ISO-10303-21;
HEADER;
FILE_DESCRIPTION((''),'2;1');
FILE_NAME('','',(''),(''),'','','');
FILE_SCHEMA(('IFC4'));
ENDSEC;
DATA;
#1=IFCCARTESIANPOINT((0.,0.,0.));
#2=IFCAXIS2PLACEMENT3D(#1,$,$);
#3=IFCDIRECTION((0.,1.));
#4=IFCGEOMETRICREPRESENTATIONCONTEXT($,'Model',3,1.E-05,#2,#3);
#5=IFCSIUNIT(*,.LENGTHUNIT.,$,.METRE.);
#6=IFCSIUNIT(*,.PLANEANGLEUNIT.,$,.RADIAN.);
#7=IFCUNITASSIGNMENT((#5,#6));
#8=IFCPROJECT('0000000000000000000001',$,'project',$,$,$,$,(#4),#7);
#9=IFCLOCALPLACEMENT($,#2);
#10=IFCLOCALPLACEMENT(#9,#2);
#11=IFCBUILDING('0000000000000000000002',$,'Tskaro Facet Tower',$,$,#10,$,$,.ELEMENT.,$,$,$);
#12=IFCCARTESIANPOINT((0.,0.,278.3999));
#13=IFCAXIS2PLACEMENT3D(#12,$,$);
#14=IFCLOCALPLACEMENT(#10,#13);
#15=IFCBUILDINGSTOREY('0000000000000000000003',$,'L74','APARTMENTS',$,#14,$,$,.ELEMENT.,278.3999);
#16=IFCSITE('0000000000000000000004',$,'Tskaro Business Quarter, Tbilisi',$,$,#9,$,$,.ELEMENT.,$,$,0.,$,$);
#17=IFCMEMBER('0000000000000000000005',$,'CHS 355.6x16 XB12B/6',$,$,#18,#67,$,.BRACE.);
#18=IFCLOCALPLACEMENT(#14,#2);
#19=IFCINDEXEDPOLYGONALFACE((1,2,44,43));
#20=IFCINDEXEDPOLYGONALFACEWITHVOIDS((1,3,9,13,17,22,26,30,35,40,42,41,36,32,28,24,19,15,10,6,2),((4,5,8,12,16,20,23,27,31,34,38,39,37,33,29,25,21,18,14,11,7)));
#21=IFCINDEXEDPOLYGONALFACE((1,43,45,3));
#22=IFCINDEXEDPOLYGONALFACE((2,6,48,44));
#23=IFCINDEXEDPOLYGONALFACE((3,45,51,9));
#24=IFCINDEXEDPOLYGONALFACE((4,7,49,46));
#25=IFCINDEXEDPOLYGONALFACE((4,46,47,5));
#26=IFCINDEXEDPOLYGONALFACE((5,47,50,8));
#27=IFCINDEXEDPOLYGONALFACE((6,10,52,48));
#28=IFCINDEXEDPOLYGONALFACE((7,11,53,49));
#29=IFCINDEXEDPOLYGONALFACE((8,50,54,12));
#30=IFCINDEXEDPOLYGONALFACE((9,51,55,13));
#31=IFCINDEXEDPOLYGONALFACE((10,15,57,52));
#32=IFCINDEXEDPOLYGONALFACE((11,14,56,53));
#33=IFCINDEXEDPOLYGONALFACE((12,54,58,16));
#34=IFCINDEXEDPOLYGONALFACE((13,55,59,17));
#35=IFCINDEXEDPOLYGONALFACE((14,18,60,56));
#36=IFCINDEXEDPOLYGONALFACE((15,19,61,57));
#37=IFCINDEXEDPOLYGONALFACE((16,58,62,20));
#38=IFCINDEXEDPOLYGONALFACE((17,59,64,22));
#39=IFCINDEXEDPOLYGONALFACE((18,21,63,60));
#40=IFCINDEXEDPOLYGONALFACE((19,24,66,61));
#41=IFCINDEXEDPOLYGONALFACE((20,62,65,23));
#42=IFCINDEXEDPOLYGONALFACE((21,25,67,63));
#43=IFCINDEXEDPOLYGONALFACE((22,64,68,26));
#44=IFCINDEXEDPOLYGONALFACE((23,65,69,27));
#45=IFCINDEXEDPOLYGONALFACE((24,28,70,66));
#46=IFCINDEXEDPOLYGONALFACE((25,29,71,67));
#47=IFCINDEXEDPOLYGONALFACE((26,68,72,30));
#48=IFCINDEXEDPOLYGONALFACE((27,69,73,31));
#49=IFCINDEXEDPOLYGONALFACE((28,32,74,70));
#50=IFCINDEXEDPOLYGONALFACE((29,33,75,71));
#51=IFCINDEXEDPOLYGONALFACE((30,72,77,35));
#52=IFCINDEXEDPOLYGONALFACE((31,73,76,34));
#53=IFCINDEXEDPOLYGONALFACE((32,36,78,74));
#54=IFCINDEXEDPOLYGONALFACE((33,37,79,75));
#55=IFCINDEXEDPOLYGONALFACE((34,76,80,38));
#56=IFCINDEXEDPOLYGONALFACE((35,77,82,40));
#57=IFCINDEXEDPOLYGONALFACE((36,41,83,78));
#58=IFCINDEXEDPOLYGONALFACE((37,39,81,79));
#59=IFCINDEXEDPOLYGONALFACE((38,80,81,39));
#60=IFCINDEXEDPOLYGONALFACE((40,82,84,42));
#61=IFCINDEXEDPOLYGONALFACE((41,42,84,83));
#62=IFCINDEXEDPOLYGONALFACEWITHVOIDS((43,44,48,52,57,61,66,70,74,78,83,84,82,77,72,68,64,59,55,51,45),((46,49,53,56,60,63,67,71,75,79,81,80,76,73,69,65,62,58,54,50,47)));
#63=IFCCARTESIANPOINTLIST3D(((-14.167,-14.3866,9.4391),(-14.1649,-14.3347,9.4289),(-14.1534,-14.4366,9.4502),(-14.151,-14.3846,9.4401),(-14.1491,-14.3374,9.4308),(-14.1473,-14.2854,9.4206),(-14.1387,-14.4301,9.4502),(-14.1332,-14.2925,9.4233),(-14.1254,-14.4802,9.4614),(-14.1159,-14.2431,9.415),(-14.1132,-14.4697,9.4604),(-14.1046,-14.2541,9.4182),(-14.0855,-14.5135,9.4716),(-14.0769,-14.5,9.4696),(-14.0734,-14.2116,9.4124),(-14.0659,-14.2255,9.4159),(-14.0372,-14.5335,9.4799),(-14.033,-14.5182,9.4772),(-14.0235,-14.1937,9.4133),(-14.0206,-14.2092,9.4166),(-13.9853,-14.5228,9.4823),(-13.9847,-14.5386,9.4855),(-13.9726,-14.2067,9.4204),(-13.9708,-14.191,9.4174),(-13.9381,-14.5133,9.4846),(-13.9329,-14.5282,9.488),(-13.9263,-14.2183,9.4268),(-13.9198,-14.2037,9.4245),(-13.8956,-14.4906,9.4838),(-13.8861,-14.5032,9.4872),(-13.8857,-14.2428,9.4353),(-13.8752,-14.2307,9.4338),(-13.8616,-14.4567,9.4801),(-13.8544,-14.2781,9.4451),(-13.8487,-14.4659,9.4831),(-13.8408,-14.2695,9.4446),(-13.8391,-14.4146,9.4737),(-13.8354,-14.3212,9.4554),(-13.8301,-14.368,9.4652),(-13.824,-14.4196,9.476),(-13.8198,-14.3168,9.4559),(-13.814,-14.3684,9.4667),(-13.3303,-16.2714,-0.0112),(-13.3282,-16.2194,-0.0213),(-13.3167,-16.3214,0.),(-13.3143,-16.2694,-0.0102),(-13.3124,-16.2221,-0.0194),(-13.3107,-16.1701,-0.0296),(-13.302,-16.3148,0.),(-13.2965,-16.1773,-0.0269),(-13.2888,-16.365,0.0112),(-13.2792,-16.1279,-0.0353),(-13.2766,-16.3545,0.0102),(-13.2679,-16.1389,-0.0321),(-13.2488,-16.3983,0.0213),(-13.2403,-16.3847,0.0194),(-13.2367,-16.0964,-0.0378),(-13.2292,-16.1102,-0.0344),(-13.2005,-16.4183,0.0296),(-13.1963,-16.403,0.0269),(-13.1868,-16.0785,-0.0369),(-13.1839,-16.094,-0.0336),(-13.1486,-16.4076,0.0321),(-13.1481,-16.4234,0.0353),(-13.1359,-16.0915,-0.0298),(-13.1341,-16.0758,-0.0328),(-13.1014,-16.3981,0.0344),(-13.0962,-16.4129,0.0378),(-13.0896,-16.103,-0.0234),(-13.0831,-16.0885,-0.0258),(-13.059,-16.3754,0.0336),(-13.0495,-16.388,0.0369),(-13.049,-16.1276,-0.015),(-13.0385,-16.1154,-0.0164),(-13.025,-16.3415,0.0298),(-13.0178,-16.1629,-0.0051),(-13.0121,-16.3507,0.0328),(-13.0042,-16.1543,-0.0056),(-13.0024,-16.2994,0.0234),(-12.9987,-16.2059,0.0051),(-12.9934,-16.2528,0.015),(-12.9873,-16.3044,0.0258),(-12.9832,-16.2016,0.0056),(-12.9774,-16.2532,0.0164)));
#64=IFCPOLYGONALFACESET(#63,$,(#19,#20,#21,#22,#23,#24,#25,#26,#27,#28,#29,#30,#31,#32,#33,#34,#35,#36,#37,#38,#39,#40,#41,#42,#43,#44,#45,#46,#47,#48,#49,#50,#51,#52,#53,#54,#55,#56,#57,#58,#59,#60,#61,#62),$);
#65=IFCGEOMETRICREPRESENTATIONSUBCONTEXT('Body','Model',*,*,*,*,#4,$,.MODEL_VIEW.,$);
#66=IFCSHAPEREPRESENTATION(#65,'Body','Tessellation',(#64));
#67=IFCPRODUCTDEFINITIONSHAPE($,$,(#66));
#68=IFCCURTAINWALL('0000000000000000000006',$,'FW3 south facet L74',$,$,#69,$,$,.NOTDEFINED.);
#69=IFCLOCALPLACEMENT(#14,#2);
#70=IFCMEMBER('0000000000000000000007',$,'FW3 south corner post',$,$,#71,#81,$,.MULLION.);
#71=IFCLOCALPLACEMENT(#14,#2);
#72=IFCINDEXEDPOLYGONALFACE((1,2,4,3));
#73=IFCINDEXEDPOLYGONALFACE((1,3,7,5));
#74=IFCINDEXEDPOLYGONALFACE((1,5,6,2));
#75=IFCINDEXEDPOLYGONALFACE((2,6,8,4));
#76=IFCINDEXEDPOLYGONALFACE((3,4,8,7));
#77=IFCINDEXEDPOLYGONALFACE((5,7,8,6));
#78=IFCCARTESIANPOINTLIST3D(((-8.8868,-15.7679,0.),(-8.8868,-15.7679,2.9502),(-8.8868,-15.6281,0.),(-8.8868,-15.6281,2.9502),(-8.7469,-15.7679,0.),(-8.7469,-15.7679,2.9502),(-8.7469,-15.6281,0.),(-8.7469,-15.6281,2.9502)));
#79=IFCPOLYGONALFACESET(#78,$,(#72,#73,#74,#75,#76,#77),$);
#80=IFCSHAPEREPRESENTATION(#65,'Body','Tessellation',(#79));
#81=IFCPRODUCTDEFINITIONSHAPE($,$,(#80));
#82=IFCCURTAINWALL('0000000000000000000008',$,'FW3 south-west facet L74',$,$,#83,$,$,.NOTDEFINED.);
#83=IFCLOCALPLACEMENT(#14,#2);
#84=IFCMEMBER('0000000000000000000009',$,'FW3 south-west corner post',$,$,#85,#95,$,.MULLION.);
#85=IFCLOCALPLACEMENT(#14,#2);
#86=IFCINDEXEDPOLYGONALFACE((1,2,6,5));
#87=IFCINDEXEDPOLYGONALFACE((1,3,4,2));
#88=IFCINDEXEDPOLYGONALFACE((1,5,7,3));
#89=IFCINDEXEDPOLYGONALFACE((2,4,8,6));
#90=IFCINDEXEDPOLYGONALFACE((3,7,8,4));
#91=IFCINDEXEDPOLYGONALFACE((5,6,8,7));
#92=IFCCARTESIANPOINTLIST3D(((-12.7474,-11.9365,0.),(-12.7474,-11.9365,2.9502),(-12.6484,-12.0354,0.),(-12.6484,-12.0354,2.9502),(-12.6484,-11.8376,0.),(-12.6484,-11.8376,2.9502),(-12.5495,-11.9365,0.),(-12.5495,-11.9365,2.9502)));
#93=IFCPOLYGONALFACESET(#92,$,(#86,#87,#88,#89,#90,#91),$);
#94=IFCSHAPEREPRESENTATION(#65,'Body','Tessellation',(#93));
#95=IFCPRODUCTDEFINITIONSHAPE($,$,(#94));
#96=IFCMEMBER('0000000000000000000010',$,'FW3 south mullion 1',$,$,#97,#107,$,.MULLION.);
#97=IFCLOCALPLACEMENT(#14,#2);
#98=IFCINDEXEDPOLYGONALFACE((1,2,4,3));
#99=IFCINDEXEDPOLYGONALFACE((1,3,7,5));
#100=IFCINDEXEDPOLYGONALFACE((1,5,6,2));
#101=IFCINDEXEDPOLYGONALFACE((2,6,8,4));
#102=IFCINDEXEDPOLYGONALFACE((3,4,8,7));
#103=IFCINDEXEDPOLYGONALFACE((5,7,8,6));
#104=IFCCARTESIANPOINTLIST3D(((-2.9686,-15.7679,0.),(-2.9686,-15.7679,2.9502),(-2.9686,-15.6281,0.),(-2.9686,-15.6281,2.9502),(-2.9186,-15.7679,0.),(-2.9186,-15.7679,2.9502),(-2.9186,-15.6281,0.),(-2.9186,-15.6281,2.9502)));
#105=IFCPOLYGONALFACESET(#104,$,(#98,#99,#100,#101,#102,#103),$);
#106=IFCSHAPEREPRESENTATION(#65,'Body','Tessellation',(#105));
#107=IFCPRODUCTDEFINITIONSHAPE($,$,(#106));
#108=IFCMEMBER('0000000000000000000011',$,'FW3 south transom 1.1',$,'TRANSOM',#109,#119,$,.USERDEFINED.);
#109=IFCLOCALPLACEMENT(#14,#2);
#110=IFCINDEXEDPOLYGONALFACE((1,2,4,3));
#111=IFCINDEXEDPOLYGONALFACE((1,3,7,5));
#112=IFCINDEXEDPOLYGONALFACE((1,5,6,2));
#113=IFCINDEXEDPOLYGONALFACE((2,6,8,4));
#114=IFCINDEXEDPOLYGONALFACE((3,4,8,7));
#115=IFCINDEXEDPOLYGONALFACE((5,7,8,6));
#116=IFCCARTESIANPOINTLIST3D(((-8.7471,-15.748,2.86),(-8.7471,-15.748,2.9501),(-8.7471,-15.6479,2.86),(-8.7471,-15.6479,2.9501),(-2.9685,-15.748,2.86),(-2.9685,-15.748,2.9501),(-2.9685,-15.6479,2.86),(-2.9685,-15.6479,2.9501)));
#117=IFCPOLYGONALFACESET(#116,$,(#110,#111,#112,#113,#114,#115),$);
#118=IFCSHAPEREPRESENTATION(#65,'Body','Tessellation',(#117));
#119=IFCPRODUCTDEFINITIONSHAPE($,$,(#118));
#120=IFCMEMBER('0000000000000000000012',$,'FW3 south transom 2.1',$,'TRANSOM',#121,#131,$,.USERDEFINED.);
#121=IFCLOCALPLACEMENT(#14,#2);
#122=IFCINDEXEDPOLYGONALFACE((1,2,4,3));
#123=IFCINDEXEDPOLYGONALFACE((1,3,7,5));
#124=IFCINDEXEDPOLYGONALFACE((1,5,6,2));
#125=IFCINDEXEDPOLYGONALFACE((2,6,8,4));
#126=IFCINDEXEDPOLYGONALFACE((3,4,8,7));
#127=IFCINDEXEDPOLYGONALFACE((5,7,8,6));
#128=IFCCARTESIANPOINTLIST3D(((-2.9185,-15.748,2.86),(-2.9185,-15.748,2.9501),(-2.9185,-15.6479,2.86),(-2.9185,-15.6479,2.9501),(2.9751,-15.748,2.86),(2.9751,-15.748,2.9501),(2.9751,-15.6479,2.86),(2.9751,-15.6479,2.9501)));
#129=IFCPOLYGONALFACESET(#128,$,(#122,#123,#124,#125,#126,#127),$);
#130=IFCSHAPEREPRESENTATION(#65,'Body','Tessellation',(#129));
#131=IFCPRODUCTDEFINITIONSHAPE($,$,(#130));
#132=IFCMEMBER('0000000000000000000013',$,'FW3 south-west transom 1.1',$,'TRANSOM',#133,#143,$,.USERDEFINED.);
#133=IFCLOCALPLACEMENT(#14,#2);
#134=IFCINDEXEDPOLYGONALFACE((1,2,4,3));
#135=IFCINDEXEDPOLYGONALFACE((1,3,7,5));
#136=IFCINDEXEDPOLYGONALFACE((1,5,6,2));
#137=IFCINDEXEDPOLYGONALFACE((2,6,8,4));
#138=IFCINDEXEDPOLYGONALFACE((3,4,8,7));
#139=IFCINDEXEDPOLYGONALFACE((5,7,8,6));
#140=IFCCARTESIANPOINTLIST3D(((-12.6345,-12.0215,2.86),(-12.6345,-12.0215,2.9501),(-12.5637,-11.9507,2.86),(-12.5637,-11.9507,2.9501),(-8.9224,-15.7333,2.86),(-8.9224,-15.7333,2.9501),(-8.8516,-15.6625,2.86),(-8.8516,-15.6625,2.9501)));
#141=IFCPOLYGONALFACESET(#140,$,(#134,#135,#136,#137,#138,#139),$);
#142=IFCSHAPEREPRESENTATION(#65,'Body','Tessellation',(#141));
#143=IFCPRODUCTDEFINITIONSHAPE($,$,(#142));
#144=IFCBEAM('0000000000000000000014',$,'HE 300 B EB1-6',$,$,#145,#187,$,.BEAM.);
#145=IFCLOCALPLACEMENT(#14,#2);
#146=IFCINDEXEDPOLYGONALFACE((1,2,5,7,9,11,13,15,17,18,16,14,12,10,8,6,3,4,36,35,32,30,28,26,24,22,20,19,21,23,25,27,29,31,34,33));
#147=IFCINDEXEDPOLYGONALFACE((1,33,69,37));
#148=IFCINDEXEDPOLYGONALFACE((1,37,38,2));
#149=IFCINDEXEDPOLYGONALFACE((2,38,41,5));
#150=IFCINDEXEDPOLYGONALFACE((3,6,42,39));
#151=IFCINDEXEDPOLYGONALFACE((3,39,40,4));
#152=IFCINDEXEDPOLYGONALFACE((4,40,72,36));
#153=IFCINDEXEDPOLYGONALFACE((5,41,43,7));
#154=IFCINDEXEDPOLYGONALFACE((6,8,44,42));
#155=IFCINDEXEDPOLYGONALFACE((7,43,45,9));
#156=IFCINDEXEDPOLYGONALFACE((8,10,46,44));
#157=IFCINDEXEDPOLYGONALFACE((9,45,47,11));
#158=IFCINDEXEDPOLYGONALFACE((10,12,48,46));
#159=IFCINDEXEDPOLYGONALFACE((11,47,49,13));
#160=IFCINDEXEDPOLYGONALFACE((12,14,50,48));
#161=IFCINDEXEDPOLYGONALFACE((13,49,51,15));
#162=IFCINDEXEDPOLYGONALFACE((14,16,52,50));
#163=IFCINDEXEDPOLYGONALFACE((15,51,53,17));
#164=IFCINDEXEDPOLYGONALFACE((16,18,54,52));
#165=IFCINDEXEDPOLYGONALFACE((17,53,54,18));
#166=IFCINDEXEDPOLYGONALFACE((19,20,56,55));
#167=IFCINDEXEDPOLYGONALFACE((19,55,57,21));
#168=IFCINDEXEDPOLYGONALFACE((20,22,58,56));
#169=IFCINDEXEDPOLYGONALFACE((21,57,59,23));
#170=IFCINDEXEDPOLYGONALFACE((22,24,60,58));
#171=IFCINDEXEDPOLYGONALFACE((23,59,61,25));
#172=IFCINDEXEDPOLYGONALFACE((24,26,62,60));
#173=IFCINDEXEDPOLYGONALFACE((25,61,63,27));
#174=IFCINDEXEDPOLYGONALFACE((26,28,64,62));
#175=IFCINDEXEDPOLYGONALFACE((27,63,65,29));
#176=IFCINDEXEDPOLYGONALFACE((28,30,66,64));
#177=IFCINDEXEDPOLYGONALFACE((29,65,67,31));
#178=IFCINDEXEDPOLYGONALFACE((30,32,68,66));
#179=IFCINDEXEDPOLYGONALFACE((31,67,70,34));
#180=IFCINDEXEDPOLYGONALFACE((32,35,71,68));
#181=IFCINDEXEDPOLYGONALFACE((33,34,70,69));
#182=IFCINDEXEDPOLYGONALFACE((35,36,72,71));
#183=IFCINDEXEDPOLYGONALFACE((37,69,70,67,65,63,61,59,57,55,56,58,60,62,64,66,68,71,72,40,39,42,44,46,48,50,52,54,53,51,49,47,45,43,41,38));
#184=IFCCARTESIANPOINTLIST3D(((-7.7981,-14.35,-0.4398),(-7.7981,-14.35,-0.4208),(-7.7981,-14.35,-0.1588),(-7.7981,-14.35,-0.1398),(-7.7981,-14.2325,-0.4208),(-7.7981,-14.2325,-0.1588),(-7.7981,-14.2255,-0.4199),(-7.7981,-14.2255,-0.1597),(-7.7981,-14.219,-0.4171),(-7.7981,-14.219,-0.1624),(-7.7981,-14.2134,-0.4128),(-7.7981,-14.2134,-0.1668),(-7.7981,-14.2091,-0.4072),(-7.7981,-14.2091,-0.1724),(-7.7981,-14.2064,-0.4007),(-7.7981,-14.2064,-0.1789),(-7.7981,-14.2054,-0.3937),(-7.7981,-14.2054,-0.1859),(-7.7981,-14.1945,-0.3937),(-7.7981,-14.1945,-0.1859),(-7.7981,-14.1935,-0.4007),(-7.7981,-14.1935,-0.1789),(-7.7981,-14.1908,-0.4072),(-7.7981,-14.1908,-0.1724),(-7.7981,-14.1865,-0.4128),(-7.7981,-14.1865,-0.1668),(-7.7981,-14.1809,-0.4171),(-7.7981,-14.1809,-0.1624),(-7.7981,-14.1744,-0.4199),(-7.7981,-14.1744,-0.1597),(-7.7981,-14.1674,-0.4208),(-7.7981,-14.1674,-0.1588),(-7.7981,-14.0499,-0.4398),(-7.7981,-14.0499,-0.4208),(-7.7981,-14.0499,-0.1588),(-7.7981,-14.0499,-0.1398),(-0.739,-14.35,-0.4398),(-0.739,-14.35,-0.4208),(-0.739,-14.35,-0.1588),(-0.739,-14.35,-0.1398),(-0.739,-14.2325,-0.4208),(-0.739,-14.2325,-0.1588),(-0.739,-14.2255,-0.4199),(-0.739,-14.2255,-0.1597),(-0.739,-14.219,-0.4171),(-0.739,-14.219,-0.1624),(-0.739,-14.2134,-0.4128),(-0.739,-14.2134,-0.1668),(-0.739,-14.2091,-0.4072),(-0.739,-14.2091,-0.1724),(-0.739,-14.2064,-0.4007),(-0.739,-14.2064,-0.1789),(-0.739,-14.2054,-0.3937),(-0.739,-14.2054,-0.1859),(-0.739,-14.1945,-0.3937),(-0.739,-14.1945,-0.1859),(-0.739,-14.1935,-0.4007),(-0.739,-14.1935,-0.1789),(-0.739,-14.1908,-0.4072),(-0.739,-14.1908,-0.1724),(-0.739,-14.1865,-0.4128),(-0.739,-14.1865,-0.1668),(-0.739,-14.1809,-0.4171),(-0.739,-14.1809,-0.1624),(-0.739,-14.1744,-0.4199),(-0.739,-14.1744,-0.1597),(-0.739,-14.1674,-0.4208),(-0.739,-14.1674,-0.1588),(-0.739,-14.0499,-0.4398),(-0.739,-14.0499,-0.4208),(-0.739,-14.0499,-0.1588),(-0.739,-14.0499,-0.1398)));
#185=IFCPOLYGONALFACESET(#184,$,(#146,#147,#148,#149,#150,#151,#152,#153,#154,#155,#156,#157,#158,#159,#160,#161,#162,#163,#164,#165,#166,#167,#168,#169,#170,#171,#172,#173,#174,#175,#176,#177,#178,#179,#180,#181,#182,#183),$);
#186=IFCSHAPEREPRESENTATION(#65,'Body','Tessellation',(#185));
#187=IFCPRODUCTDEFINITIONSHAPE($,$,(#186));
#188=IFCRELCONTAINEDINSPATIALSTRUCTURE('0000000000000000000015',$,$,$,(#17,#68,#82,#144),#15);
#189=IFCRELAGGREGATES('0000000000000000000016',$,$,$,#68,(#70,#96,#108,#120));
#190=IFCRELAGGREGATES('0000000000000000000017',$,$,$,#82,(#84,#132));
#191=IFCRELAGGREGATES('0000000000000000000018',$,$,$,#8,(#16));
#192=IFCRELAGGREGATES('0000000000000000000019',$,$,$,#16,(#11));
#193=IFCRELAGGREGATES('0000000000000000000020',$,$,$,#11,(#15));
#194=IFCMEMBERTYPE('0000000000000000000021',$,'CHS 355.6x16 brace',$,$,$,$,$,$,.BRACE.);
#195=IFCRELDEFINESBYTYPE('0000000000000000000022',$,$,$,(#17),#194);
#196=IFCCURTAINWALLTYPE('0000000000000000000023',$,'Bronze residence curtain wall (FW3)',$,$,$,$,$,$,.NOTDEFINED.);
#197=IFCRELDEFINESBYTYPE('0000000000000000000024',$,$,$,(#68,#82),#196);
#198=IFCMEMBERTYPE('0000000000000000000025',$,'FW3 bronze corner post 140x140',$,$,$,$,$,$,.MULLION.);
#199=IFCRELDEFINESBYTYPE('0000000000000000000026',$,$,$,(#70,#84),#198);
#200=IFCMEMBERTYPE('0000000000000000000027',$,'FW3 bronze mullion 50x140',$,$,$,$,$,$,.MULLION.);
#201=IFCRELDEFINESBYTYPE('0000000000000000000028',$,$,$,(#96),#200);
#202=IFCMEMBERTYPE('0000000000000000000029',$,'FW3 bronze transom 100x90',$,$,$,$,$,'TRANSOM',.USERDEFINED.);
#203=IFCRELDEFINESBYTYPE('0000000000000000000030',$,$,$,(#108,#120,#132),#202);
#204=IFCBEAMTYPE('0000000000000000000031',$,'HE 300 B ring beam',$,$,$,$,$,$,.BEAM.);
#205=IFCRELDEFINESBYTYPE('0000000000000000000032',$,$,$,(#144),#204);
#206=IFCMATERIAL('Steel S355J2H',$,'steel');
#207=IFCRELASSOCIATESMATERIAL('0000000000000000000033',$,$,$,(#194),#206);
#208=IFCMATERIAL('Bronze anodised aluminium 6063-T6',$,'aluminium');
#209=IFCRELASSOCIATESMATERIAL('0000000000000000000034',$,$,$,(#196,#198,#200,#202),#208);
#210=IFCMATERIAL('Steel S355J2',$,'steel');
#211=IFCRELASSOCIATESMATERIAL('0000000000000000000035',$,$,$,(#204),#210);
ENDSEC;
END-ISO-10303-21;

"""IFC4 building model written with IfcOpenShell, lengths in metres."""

from ifc_helpers import new_model, si_unit, direction, frame, origin, origin_2d, place, context, subcontext, project, spatial, rectangle, hollow_circle, i_section, extrude, material, material_profile, profile_set, type_object, element, aggregate, save


model = new_model("IFC4")

# Units and contexts
model_context = context("Model", 3, precision=1e-05, world=origin(), true_north=direction((0.0, 1.0)))
body_context = subcontext(model_context, "Body", "Model", "MODEL_VIEW")
ifc_project = project(units=[si_unit("LENGTHUNIT", "METRE"), si_unit("PLANEANGLEUNIT", "RADIAN")], contexts=[model_context])

# Site, building, storey
site_placement = place(None, origin())
site = spatial("IfcSite", under=ifc_project, at=site_placement, Name="Tskaro Business Quarter, Tbilisi", CompositionType="ELEMENT", RefElevation=0.0)
building_placement = place(site_placement, origin())
building = spatial("IfcBuilding", under=site, at=building_placement, Name="Tskaro Facet Tower", CompositionType="ELEMENT")
storey_placement = place(building_placement, frame((0.0, 0.0, 278.3999)))
storey = spatial("IfcBuildingStorey", under=building, at=storey_placement, Name="L74", Description="APARTMENTS", CompositionType="ELEMENT", Elevation=278.3999)

# Shared definitions
ifc_material_1 = material(Name="Steel S355J2", Category="steel")
ifc_material_2 = material(Name="Steel S355J2H", Category="steel")

# Member
ifc_material_profile_1 = material_profile(ifc_material_2, hollow_circle(Radius=0.1777, WallThickness=0.0161, at=origin_2d()), Name="CHS 355.6x16")
ifc_profile_set_1 = profile_set([ifc_material_profile_1], Name="Steel S355J2H")
member_type_1 = type_object("IfcMemberType", Name="CHS 355.6x16 brace", PredefinedType="BRACE", material=ifc_profile_set_1)
for number, where, z_axis, x_axis, name in (
    (1, (-13.1543, -16.2493, 0.0), (-0.086499, 0.194857, 0.97701), (-0.913992, -0.405732, 0.0), "CHS 355.6x16 XB12B/6"),
):
    element("IfcMember", number, at=place(storey_placement, frame(where, z_axis=z_axis, x_axis=x_axis)), inside=storey, type_object=member_type_1, Name=name, PredefinedType="BRACE", context=body_context, shape_type="SweptSolid", body=[
        extrude(hollow_circle(Radius=0.1777, WallThickness=0.0161, at=origin_2d()), origin(), (0.0, 0.0, 1.0), 9.6726),
    ])

# Curtain walls, members
ifc_material_3 = material(Name="Bronze anodised aluminium 6063-T6", Category="aluminium")
curtain_wall_type = type_object("IfcCurtainWallType", Name="Bronze residence curtain wall (FW3)", PredefinedType="NOTDEFINED", material=ifc_material_3)
curtain_wall_1_placement = place(storey_placement, origin())
curtain_wall_1 = element("IfcCurtainWall", 2, at=curtain_wall_1_placement, inside=storey, type_object=curtain_wall_type, Name="FW3 south facet L74", PredefinedType="NOTDEFINED")
ifc_material_profile_2 = material_profile(ifc_material_3, rectangle(XDim=0.1399, YDim=0.1399, at=origin_2d()), Name="Corner post 140x140")
ifc_profile_set_2 = profile_set([ifc_material_profile_2], Name="Bronze anodised aluminium 6063-T6")
member_type_2 = type_object("IfcMemberType", Name="FW3 bronze corner post 140x140", PredefinedType="MULLION", material=ifc_profile_set_2)
member_1_placement = place(storey_placement, frame((-8.8169, -15.698, 0.0), z_axis=(0.0, 0.0, 1.0), x_axis=(1.0, 0.0, 0.0)))
member_1 = element("IfcMember", 3, at=member_1_placement, type_object=member_type_2, Name="FW3 south corner post", PredefinedType="MULLION", context=body_context, shape_type="SweptSolid", body=[
    extrude(rectangle(XDim=0.1399, YDim=0.1399, at=origin_2d()), origin(), (0.0, 0.0, 1.0), 2.9502),
])
curtain_wall_2_placement = place(storey_placement, origin())
curtain_wall_2 = element("IfcCurtainWall", 4, at=curtain_wall_2_placement, inside=storey, type_object=curtain_wall_type, Name="FW3 south-west facet L74", PredefinedType="NOTDEFINED")
member_2_placement = place(storey_placement, frame((-12.6484, -11.9365, 0.0), z_axis=(0.0, 0.0, 1.0), x_axis=(0.707107, -0.707107, 0.0)))
member_2 = element("IfcMember", 5, at=member_2_placement, type_object=member_type_2, Name="FW3 south-west corner post", PredefinedType="MULLION", context=body_context, shape_type="SweptSolid", body=[
    extrude(rectangle(XDim=0.1399, YDim=0.1399, at=origin_2d()), origin(), (0.0, 0.0, 1.0), 2.9502),
])

# Members
ifc_material_profile_3 = material_profile(ifc_material_3, rectangle(XDim=0.05, YDim=0.1399, at=origin_2d()), Name="Mullion 50x140")
ifc_profile_set_3 = profile_set([ifc_material_profile_3], Name="Bronze anodised aluminium 6063-T6")
member_type_3 = type_object("IfcMemberType", Name="FW3 bronze mullion 50x140", PredefinedType="MULLION", material=ifc_profile_set_3)
member_3_placement = place(storey_placement, frame((-2.9436, -15.698, 0.0), z_axis=(0.0, 0.0, 1.0), x_axis=(1.0, 0.0, 0.0)))
member_3 = element("IfcMember", 6, at=member_3_placement, type_object=member_type_3, Name="FW3 south mullion 1", PredefinedType="MULLION", context=body_context, shape_type="SweptSolid", body=[
    extrude(rectangle(XDim=0.05, YDim=0.1399, at=origin_2d()), origin(), (0.0, 0.0, 1.0), 2.9502),
])
ifc_material_profile_4 = material_profile(ifc_material_3, rectangle(XDim=0.1001, YDim=0.0901, at=origin_2d()), Name="Transom 100x90")
ifc_profile_set_4 = profile_set([ifc_material_profile_4], Name="Bronze anodised aluminium 6063-T6")
member_type_4 = type_object("IfcMemberType", Name="FW3 bronze transom 100x90", ElementType="TRANSOM", PredefinedType="USERDEFINED", material=ifc_profile_set_4)
member_4_placement = place(storey_placement, frame((-8.7471, -15.698, 2.905), z_axis=(1.0, 0.0, 0.0), x_axis=(0.0, 1.0, 0.0)))
member_4 = element("IfcMember", 7, at=member_4_placement, type_object=member_type_4, Name="FW3 south transom 1.1", ObjectType="TRANSOM", PredefinedType="USERDEFINED", context=body_context, shape_type="SweptSolid", body=[
    extrude(rectangle(XDim=0.1001, YDim=0.0901, at=origin_2d()), origin(), (0.0, 0.0, 1.0), 5.7786),
])
member_5_placement = place(storey_placement, frame((-2.9185, -15.698, 2.905), z_axis=(1.0, 0.0, 0.0), x_axis=(0.0, 1.0, 0.0)))
member_5 = element("IfcMember", 8, at=member_5_placement, type_object=member_type_4, Name="FW3 south transom 2.1", ObjectType="TRANSOM", PredefinedType="USERDEFINED", context=body_context, shape_type="SweptSolid", body=[
    extrude(rectangle(XDim=0.1001, YDim=0.0901, at=origin_2d()), origin(), (0.0, 0.0, 1.0), 5.8936),
])
member_6_placement = place(storey_placement, frame((-12.5991, -11.9861, 2.905), z_axis=(0.70713, -0.707084, 0.0), x_axis=(0.707084, 0.70713, 0.0)))
member_6 = element("IfcMember", 9, at=member_6_placement, type_object=member_type_4, Name="FW3 south-west transom 1.1", ObjectType="TRANSOM", PredefinedType="USERDEFINED", context=body_context, shape_type="SweptSolid", body=[
    extrude(rectangle(XDim=0.1001, YDim=0.0901, at=origin_2d()), origin(), (0.0, 0.0, 1.0), 5.2495),
])

# Beam
ifc_material_profile_5 = material_profile(ifc_material_1, i_section(OverallWidth=0.3, OverallDepth=0.3, WebThickness=0.011, FlangeThickness=0.019, FilletRadius=0.0271, at=origin_2d()), Name="HE 300 B")
ifc_profile_set_5 = profile_set([ifc_material_profile_5], Name="Steel S355J2")
beam_type_1 = type_object("IfcBeamType", Name="HE 300 B ring beam", PredefinedType="BEAM", material=ifc_profile_set_5)
beam_1_placement = place(storey_placement, frame((-7.7981, -14.2, -0.2898), z_axis=(1.0, 0.0, 0.0), x_axis=(0.0, 1.0, 0.0)))
element("IfcBeam", 10, at=beam_1_placement, inside=storey, type_object=beam_type_1, Name="HE 300 B EB1-6", PredefinedType="BEAM", context=body_context, shape_type="SweptSolid", body=[
    extrude(i_section(OverallWidth=0.3, OverallDepth=0.3, WebThickness=0.011, FlangeThickness=0.019, FilletRadius=0.0271, at=origin_2d()), origin(), (0.0, 0.0, 1.0), 7.0591),
])

aggregate(curtain_wall_1, [member_1, member_3, member_4, member_5])
aggregate(curtain_wall_2, [member_2, member_6])

save(model, "model.ifc")
